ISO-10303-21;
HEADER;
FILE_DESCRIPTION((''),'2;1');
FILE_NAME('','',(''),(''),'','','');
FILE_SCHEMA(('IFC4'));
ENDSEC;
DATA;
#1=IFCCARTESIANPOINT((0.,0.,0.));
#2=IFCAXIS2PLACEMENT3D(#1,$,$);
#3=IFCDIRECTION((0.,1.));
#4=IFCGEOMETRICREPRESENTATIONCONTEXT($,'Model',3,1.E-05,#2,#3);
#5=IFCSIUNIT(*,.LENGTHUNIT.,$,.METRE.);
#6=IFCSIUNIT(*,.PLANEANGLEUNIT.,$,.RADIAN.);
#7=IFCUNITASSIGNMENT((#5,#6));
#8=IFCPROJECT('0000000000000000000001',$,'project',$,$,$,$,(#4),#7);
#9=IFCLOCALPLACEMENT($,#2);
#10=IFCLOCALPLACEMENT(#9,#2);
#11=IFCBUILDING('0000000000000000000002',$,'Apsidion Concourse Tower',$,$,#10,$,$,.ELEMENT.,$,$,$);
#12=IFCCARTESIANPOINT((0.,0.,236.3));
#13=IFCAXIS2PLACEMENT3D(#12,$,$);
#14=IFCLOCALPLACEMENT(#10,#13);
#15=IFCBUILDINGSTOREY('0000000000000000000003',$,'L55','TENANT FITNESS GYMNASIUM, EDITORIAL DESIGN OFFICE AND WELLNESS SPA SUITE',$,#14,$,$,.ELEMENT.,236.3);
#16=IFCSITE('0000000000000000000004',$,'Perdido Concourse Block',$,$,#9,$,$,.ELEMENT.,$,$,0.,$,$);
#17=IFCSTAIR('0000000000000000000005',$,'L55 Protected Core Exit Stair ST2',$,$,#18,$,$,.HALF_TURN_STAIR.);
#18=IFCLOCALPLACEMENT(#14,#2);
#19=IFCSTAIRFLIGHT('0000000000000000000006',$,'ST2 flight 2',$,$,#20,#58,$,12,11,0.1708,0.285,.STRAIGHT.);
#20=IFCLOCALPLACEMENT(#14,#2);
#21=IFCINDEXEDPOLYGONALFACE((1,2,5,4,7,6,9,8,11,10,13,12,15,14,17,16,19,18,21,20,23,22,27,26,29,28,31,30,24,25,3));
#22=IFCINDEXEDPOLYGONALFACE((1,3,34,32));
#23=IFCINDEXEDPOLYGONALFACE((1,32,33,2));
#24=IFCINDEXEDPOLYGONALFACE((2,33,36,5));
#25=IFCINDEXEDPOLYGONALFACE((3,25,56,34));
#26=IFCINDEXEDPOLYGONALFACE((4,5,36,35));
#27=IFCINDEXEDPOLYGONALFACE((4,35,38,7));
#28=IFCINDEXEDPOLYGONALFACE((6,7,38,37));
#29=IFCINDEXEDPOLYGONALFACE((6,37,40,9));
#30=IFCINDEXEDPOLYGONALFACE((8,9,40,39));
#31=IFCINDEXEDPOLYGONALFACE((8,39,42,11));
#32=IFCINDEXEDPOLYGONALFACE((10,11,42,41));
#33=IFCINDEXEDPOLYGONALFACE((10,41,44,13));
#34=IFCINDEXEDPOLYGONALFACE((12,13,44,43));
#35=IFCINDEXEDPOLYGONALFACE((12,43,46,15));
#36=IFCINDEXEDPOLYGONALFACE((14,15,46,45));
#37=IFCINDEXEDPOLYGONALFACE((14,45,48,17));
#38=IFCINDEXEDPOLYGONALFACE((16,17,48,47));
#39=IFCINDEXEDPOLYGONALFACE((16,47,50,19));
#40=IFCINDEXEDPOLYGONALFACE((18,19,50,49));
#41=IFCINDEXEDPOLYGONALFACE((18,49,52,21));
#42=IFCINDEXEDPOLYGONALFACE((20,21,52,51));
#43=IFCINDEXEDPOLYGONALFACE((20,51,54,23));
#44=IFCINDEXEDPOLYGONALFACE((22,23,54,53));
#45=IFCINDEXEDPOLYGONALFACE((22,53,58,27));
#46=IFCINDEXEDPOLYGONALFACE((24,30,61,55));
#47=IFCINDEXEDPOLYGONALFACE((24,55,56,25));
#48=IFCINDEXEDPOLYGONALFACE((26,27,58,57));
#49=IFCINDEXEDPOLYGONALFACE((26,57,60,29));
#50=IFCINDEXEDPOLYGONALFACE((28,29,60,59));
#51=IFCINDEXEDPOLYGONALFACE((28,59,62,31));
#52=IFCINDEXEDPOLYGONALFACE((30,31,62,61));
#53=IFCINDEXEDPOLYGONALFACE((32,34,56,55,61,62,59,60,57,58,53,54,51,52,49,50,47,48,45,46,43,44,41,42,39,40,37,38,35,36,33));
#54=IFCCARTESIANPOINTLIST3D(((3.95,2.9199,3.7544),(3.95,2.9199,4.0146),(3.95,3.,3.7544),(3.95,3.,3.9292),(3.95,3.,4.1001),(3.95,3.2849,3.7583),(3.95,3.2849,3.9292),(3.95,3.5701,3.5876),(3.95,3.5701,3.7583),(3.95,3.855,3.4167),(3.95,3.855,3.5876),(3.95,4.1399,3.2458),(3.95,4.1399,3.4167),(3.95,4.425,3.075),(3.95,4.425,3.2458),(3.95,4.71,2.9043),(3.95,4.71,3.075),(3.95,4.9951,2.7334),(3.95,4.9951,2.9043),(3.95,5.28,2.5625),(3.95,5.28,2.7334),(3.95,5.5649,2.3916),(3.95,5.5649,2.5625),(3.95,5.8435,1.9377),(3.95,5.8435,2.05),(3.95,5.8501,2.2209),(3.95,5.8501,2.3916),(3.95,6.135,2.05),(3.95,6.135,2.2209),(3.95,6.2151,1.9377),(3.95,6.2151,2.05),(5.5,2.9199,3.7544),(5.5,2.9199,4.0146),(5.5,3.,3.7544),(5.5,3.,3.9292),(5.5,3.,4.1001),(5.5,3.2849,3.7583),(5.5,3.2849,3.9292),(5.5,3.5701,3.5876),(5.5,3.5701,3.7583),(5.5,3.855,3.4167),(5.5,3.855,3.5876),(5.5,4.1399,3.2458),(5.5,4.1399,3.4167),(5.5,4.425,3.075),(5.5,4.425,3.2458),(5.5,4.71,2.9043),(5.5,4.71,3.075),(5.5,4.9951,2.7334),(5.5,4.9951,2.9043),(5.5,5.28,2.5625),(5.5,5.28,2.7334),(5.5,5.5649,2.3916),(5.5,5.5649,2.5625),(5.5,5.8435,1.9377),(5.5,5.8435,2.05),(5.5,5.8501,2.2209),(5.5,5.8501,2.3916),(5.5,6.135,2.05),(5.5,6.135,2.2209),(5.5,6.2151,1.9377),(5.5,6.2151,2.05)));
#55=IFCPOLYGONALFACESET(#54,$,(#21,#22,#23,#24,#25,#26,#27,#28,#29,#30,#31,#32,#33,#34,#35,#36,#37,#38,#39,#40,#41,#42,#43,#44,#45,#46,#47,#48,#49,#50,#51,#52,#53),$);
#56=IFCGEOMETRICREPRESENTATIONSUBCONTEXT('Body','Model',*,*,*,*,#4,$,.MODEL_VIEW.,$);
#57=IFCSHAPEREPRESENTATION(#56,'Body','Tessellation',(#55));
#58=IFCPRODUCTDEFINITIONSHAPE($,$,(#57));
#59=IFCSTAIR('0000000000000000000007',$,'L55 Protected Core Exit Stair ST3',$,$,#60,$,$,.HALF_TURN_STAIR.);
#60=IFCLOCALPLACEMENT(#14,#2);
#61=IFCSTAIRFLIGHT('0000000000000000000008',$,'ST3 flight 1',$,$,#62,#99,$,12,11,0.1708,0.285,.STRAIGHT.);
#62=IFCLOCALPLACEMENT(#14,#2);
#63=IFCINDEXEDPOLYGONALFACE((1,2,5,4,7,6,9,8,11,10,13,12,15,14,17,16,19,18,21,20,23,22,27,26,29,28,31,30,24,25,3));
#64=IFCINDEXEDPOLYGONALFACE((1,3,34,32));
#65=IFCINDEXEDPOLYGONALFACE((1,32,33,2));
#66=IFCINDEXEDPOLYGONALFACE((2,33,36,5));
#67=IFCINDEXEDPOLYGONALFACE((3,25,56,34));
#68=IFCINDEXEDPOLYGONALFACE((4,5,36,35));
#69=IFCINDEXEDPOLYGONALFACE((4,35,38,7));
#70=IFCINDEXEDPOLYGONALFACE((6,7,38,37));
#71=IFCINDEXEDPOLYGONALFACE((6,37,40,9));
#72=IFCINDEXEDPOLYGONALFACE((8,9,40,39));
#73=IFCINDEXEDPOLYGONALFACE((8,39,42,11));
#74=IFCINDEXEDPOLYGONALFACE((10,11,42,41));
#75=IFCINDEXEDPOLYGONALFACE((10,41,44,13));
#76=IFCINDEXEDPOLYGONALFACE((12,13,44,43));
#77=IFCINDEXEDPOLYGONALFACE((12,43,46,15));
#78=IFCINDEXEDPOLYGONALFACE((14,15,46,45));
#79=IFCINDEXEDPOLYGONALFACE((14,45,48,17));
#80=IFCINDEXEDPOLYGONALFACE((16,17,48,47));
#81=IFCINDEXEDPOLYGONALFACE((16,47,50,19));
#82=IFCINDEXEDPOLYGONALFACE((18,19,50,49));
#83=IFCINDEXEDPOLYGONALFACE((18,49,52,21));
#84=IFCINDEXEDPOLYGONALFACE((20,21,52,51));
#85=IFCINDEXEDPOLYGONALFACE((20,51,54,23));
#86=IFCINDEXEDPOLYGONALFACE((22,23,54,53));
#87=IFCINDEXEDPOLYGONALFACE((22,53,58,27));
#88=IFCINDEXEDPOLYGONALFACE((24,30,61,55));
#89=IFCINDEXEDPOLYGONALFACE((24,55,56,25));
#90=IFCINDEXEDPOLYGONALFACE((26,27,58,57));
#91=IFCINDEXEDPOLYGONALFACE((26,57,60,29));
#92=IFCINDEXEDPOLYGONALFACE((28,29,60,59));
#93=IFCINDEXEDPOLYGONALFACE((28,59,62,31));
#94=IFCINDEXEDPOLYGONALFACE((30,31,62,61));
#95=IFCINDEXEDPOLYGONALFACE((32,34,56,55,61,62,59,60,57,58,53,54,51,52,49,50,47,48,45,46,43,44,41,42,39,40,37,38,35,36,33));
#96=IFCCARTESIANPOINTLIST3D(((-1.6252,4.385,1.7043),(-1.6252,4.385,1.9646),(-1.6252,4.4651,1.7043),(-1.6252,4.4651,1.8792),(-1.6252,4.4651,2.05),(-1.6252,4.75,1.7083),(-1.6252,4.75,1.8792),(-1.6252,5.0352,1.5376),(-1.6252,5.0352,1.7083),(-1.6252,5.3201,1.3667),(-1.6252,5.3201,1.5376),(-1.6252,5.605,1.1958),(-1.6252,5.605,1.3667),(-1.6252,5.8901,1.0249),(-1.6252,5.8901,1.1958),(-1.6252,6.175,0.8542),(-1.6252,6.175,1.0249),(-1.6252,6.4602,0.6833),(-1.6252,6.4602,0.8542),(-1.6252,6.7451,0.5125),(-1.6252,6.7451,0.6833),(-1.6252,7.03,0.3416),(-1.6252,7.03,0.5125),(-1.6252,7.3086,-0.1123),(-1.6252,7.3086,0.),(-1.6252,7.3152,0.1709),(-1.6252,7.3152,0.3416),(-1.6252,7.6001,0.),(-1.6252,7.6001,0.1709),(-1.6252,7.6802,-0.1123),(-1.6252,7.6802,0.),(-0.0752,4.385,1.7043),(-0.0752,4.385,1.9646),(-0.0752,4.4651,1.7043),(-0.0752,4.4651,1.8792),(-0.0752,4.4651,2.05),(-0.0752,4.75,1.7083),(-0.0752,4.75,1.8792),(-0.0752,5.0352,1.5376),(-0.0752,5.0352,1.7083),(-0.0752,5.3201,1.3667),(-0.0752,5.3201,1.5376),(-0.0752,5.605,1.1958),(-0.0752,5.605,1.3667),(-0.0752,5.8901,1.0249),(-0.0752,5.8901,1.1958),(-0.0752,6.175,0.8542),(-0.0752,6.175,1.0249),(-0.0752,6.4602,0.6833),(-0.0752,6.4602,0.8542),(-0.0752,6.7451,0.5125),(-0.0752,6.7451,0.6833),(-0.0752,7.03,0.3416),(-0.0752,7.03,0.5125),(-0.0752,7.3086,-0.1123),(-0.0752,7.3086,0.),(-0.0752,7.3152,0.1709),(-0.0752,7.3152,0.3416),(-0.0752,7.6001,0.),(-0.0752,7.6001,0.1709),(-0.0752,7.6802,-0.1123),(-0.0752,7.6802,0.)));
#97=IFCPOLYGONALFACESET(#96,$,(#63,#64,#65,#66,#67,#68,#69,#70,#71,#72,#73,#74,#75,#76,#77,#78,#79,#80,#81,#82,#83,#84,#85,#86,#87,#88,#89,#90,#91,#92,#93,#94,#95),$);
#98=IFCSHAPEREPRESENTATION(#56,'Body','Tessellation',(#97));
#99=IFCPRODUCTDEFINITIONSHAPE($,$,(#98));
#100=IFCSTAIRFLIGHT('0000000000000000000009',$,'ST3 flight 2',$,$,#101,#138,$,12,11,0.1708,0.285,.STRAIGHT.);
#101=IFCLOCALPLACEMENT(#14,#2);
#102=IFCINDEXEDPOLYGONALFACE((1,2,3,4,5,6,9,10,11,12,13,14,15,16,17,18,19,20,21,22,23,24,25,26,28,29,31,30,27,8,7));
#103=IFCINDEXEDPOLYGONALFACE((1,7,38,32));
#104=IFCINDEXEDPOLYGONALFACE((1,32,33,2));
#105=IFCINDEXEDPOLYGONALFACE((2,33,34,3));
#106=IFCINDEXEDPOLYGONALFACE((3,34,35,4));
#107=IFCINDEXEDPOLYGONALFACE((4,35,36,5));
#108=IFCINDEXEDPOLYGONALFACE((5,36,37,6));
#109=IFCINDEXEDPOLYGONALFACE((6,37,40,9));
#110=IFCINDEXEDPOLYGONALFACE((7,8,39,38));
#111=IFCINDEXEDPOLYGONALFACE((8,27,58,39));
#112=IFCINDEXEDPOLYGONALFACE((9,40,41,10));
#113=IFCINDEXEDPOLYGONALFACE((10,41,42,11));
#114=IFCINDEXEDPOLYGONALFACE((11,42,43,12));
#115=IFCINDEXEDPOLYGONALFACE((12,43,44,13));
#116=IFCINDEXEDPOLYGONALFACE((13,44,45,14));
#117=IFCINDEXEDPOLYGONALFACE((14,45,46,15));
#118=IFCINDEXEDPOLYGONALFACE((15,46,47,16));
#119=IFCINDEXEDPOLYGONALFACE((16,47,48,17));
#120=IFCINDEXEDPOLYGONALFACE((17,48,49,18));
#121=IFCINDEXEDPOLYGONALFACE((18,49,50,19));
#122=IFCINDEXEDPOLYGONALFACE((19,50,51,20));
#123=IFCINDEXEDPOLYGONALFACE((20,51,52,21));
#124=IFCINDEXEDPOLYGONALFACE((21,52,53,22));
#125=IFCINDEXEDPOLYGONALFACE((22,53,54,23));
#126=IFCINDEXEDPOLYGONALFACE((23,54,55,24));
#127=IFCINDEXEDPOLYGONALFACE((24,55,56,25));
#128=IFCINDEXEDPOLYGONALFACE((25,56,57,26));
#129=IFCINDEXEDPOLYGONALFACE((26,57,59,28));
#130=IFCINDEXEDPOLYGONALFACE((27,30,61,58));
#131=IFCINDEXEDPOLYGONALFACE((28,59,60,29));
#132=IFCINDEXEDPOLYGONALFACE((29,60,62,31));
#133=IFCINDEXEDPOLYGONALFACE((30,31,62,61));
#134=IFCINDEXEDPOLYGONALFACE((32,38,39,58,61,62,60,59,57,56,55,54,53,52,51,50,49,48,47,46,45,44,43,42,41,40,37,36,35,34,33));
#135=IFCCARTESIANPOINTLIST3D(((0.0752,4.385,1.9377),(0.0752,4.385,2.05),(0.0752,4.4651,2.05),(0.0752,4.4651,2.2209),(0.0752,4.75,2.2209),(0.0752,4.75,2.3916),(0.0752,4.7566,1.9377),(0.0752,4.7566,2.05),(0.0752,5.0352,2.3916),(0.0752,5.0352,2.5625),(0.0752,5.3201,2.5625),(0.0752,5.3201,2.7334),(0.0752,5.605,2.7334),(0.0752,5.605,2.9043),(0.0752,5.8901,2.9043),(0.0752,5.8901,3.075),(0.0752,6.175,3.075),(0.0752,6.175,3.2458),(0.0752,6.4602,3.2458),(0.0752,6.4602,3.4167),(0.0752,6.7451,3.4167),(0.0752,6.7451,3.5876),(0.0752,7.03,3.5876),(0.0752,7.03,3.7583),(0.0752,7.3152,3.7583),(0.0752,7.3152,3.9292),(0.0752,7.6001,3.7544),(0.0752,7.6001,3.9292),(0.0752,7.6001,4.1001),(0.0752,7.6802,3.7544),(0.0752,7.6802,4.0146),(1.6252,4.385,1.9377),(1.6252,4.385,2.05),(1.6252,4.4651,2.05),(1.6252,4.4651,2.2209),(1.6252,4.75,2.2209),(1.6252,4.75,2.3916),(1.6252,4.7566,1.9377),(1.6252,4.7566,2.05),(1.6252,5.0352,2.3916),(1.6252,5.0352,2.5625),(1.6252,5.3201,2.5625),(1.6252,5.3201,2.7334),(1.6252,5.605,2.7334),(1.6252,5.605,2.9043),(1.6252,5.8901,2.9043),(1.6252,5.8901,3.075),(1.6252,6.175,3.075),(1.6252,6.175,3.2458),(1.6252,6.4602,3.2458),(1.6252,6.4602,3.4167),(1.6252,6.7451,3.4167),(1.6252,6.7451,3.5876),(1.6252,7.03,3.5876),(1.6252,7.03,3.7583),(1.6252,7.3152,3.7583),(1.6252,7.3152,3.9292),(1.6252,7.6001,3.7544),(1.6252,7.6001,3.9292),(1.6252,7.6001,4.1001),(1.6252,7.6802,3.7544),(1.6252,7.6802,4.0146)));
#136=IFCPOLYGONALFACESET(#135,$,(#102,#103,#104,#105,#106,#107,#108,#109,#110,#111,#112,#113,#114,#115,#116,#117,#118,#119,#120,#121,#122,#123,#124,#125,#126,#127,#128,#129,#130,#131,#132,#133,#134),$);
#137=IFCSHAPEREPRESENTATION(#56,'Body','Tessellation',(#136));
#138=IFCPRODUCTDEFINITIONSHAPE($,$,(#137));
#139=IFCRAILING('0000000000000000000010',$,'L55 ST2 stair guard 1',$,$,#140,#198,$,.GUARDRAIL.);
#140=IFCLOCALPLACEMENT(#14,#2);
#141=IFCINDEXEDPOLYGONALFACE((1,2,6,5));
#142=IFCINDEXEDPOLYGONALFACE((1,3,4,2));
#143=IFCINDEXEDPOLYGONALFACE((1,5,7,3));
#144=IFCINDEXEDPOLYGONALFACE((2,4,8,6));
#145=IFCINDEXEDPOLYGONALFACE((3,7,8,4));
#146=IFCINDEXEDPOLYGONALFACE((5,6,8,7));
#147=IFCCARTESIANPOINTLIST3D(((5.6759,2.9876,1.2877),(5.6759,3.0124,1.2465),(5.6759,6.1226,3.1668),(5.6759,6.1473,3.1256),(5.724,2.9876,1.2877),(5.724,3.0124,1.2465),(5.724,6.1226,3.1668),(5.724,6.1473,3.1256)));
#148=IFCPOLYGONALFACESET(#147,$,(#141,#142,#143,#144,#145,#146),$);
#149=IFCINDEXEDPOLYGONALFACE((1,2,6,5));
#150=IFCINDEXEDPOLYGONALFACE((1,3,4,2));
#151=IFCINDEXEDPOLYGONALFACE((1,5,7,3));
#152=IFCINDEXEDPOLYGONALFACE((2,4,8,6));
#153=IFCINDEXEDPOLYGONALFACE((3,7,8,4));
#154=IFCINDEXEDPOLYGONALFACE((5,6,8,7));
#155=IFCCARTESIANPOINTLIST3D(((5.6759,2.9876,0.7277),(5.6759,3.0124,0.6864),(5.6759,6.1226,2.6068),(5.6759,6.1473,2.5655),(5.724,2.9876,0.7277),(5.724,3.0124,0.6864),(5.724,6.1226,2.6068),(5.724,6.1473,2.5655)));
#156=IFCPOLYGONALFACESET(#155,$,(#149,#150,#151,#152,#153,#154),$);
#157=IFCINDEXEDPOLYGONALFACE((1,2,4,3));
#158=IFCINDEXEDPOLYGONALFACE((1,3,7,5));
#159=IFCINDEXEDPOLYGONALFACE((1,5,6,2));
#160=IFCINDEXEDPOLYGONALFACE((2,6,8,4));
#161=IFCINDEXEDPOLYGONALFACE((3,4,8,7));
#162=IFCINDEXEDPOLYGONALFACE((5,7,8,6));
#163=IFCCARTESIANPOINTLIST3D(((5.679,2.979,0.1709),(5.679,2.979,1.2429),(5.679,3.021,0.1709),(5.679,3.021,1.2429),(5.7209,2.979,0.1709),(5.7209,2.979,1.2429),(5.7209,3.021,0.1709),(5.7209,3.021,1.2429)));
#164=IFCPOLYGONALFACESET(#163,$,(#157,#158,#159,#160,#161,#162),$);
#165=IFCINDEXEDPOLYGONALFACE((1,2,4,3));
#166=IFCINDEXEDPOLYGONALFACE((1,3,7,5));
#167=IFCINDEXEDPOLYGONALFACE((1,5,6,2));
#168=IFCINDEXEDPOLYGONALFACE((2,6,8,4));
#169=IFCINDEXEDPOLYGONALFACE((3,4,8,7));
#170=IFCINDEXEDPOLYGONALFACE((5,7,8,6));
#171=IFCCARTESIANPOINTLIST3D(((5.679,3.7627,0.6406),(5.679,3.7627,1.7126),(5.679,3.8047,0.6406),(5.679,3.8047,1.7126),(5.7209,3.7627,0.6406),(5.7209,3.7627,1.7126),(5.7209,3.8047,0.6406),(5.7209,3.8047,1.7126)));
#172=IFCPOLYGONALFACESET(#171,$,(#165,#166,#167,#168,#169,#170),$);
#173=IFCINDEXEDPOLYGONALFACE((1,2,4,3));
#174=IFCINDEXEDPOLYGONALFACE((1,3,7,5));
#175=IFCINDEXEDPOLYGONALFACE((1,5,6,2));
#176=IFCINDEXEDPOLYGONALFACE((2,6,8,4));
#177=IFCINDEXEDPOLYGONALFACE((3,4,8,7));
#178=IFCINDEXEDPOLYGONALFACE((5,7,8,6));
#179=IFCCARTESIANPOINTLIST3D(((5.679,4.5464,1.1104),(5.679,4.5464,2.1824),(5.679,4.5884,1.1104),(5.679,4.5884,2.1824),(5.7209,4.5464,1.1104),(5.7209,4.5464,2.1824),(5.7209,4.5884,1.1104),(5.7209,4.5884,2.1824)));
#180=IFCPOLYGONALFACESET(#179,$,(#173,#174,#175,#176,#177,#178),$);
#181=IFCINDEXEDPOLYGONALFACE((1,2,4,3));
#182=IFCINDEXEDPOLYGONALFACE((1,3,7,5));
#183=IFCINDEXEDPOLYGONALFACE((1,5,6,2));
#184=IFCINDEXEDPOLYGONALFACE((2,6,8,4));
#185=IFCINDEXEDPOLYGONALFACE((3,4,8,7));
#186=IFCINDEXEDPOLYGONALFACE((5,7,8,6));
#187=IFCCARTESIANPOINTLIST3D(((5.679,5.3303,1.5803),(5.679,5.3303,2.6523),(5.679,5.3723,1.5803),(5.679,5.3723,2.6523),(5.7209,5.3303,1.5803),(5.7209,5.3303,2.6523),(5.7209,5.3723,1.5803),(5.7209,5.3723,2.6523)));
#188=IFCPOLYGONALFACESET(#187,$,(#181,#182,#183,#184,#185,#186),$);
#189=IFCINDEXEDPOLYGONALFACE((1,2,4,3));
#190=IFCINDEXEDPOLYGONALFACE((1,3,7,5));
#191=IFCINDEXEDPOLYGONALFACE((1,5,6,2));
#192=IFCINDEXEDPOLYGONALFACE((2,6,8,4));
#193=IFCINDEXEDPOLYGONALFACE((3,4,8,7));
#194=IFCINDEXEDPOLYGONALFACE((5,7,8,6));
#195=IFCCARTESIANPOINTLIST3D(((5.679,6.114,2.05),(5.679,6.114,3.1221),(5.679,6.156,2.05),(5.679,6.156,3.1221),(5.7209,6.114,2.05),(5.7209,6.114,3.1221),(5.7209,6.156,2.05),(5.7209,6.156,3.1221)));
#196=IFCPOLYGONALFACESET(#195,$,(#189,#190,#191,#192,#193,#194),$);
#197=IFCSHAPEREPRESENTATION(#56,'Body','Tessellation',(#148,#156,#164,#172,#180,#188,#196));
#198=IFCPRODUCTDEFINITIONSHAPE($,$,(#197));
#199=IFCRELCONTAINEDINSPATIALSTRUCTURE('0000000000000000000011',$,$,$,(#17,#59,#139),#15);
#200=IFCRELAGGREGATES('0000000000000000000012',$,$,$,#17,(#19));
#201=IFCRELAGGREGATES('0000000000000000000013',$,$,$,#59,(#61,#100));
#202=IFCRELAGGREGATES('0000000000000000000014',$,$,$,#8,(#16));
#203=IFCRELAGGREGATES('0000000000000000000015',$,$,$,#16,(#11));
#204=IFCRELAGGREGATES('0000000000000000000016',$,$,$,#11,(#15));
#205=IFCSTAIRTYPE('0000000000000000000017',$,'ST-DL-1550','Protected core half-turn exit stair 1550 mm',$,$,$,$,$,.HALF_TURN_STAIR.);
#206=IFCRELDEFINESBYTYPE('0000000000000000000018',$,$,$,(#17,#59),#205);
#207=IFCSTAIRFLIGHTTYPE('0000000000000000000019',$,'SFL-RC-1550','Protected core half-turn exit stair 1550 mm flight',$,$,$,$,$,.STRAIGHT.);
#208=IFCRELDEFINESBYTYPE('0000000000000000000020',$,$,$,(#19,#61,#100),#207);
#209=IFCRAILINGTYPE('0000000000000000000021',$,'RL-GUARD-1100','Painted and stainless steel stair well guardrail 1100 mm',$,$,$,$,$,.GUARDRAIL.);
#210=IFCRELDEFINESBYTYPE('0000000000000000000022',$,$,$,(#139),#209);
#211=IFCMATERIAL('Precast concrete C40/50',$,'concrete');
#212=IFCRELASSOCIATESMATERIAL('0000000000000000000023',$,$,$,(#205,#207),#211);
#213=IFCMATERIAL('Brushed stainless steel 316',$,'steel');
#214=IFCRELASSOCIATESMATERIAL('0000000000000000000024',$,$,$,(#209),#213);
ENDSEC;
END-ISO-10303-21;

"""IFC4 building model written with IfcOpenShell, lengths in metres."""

from ifc_helpers import new_model, si_unit, direction, frame, origin, origin_2d, place, context, subcontext, project, spatial, polyline, rectangle, outline, extrude, material, type_object, element, aggregate, save


model = new_model("IFC4")

# Units and contexts
model_context = context("Model", 3, precision=1e-05, world=origin(), true_north=direction((0.0, 1.0)))
body_context = subcontext(model_context, "Body", "Model", "MODEL_VIEW")
ifc_project = project(units=[si_unit("LENGTHUNIT", "METRE"), si_unit("PLANEANGLEUNIT", "RADIAN")], contexts=[model_context])

# Site, building, storey
site_placement = place(None, origin())
site = spatial("IfcSite", under=ifc_project, at=site_placement, Name="Perdido Concourse Block", CompositionType="ELEMENT", RefElevation=0.0)
building_placement = place(site_placement, origin())
building = spatial("IfcBuilding", under=site, at=building_placement, Name="Apsidion Concourse Tower", CompositionType="ELEMENT")
storey_placement = place(building_placement, frame((0.0, 0.0, 236.3)))
storey = spatial("IfcBuildingStorey", under=building, at=storey_placement, Name="L55", Description="TENANT FITNESS GYMNASIUM, EDITORIAL DESIGN OFFICE AND WELLNESS SPA SUITE", CompositionType="ELEMENT", Elevation=236.3)

# Stairs, stair flights
ifc_material_1 = material(Name="Precast concrete C40/50", Category="concrete")
stair_type = type_object("IfcStairType", Name="ST-DL-1550", Description="Protected core half-turn exit stair 1550 mm", PredefinedType="HALF_TURN_STAIR", material=ifc_material_1)
stair_1_placement = place(storey_placement, origin())
stair_1 = element("IfcStair", 1, at=stair_1_placement, inside=storey, type_object=stair_type, Name="L55 Protected Core Exit Stair ST2", PredefinedType="HALF_TURN_STAIR")
stair_flight_type = type_object("IfcStairFlightType", Name="SFL-RC-1550", Description="Protected core half-turn exit stair 1550 mm flight", PredefinedType="STRAIGHT", material=ifc_material_1)
stair_flight_1_placement = place(storey_placement, frame((4.7251, 6.135, 2.05), z_axis=(0.0, 0.0, 1.0), x_axis=(0.0, -1.0, 0.0)))
stair_flight_1 = element("IfcStairFlight", 2, at=stair_flight_1_placement, type_object=stair_flight_type, Name="ST2 flight 2", NumberOfRisers=12, NumberOfTreads=11, PredefinedType="STRAIGHT", RiserHeight=0.1708, TreadLength=0.285, context=body_context, shape_type="SweptSolid", body=[
    extrude(outline(polyline([(-0.0801, -0.1123), (-0.0801, 0.0), (0.0, 0.0), (0.0, 0.1709), (0.2849, 0.1709), (0.2849, 0.3416), (0.5701, 0.3416), (0.5701, 0.5125), (0.855, 0.5125), (0.855, 0.6833), (1.1399, 0.6833), (1.1399, 0.8542), (1.425, 0.8542), (1.425, 1.0249), (1.71, 1.0249), (1.71, 1.1958), (1.9951, 1.1958), (1.9951, 1.3667), (2.28, 1.3667), (2.28, 1.5376), (2.5649, 1.5376), (2.5649, 1.7083), (2.8501, 1.7083), (2.8501, 1.8792), (3.135, 1.8792), (3.135, 2.05), (3.2151, 1.9646), (3.2151, 1.7043), (3.135, 1.7043), (0.2915, 0.0), (0.2915, -0.1123), (-0.0801, -0.1123)])), frame((0.0, 0.7749, 0.0), z_axis=(0.0, -1.0, 0.0), x_axis=(1.0, 0.0, 0.0)), (0.0, 0.0, 1.0), 1.55),
])
aggregate(stair_1, [stair_flight_1])
stair_2_placement = place(storey_placement, origin())
stair_2 = element("IfcStair", 3, at=stair_2_placement, inside=storey, type_object=stair_type, Name="L55 Protected Core Exit Stair ST3", PredefinedType="HALF_TURN_STAIR")
stair_flight_2_placement = place(storey_placement, frame((-0.8501, 7.6001, 0.0), z_axis=(0.0, 0.0, 1.0), x_axis=(0.0, -1.0, 0.0)))
stair_flight_2 = element("IfcStairFlight", 4, at=stair_flight_2_placement, type_object=stair_flight_type, Name="ST3 flight 1", NumberOfRisers=12, NumberOfTreads=11, PredefinedType="STRAIGHT", RiserHeight=0.1708, TreadLength=0.285, context=body_context, shape_type="SweptSolid", body=[
    extrude(outline(polyline([(-0.0801, -0.1123), (-0.0801, 0.0), (0.0, 0.0), (0.0, 0.1709), (0.2849, 0.1709), (0.2849, 0.3416), (0.5701, 0.3416), (0.5701, 0.5125), (0.855, 0.5125), (0.855, 0.6833), (1.1399, 0.6833), (1.1399, 0.8542), (1.425, 0.8542), (1.425, 1.0249), (1.71, 1.0249), (1.71, 1.1958), (1.9951, 1.1958), (1.9951, 1.3667), (2.28, 1.3667), (2.28, 1.5376), (2.5649, 1.5376), (2.5649, 1.7083), (2.8501, 1.7083), (2.8501, 1.8792), (3.135, 1.8792), (3.135, 2.05), (3.2151, 1.9646), (3.2151, 1.7043), (3.135, 1.7043), (0.2915, 0.0), (0.2915, -0.1123), (-0.0801, -0.1123)])), frame((0.0, 0.7749, 0.0), z_axis=(0.0, -1.0, 0.0), x_axis=(1.0, 0.0, 0.0)), (0.0, 0.0, 1.0), 1.55),
])
stair_flight_3_placement = place(storey_placement, frame((0.8501, 4.4651, 2.05), z_axis=(0.0, 0.0, 1.0), x_axis=(0.0, 1.0, 0.0)))
stair_flight_3 = element("IfcStairFlight", 5, at=stair_flight_3_placement, type_object=stair_flight_type, Name="ST3 flight 2", NumberOfRisers=12, NumberOfTreads=11, PredefinedType="STRAIGHT", RiserHeight=0.1708, TreadLength=0.285, context=body_context, shape_type="SweptSolid", body=[
    extrude(outline(polyline([(-0.0801, -0.1123), (-0.0801, 0.0), (0.0, 0.0), (0.0, 0.1709), (0.2849, 0.1709), (0.2849, 0.3416), (0.5701, 0.3416), (0.5701, 0.5125), (0.855, 0.5125), (0.855, 0.6833), (1.1399, 0.6833), (1.1399, 0.8542), (1.425, 0.8542), (1.425, 1.0249), (1.71, 1.0249), (1.71, 1.1958), (1.9951, 1.1958), (1.9951, 1.3667), (2.28, 1.3667), (2.28, 1.5376), (2.5649, 1.5376), (2.5649, 1.7083), (2.8501, 1.7083), (2.8501, 1.8792), (3.135, 1.8792), (3.135, 2.05), (3.2151, 1.9646), (3.2151, 1.7043), (3.135, 1.7043), (0.2915, 0.0), (0.2915, -0.1123), (-0.0801, -0.1123)])), frame((0.0, 0.7749, 0.0), z_axis=(0.0, -1.0, 0.0), x_axis=(1.0, 0.0, 0.0)), (0.0, 0.0, 1.0), 1.55),
])
aggregate(stair_2, [stair_flight_2, stair_flight_3])

# Railing
ifc_material_2 = material(Name="Brushed stainless steel 316", Category="steel")
railing_type_1 = type_object("IfcRailingType", Name="RL-GUARD-1100", Description="Painted and stainless steel stair well guardrail 1100 mm", PredefinedType="GUARDRAIL", material=ifc_material_2)
railing_1_placement = place(storey_placement, frame((5.7, 3.0, 0.1709)))
element("IfcRailing", 6, at=railing_1_placement, inside=storey, type_object=railing_type_1, Name="L55 ST2 stair guard 1", PredefinedType="GUARDRAIL", context=body_context, shape_type="SweptSolid", body=[
    extrude(rectangle(XDim=0.0481, YDim=0.0481, at=origin_2d()), frame((0.0, 0.0, 1.0962), z_axis=(0.0, 0.857717, 0.514122), x_axis=(-1.0, 0.0, 0.0)), (0.0, 0.0, 1.0), 3.655),
    extrude(rectangle(XDim=0.0481, YDim=0.0481, at=origin_2d()), frame((0.0, 0.0, 0.5361), z_axis=(0.0, 0.857717, 0.514122), x_axis=(-1.0, 0.0, 0.0)), (0.0, 0.0, 1.0), 3.655),
    extrude(rectangle(XDim=0.042, YDim=0.042, at=origin_2d()), origin(), (0.0, 0.0, 1.0), 1.072),
    extrude(rectangle(XDim=0.042, YDim=0.042, at=origin_2d()), frame((0.0, 0.7837, 0.4697)), (0.0, 0.0, 1.0), 1.072),
    extrude(rectangle(XDim=0.042, YDim=0.042, at=origin_2d()), frame((0.0, 1.5674, 0.9395)), (0.0, 0.0, 1.0), 1.072),
    extrude(rectangle(XDim=0.042, YDim=0.042, at=origin_2d()), frame((0.0, 2.3513, 1.4094)), (0.0, 0.0, 1.0), 1.072),
    extrude(rectangle(XDim=0.042, YDim=0.042, at=origin_2d()), frame((0.0, 3.135, 1.8792)), (0.0, 0.0, 1.0), 1.072),
])

save(model, "model.ifc")
